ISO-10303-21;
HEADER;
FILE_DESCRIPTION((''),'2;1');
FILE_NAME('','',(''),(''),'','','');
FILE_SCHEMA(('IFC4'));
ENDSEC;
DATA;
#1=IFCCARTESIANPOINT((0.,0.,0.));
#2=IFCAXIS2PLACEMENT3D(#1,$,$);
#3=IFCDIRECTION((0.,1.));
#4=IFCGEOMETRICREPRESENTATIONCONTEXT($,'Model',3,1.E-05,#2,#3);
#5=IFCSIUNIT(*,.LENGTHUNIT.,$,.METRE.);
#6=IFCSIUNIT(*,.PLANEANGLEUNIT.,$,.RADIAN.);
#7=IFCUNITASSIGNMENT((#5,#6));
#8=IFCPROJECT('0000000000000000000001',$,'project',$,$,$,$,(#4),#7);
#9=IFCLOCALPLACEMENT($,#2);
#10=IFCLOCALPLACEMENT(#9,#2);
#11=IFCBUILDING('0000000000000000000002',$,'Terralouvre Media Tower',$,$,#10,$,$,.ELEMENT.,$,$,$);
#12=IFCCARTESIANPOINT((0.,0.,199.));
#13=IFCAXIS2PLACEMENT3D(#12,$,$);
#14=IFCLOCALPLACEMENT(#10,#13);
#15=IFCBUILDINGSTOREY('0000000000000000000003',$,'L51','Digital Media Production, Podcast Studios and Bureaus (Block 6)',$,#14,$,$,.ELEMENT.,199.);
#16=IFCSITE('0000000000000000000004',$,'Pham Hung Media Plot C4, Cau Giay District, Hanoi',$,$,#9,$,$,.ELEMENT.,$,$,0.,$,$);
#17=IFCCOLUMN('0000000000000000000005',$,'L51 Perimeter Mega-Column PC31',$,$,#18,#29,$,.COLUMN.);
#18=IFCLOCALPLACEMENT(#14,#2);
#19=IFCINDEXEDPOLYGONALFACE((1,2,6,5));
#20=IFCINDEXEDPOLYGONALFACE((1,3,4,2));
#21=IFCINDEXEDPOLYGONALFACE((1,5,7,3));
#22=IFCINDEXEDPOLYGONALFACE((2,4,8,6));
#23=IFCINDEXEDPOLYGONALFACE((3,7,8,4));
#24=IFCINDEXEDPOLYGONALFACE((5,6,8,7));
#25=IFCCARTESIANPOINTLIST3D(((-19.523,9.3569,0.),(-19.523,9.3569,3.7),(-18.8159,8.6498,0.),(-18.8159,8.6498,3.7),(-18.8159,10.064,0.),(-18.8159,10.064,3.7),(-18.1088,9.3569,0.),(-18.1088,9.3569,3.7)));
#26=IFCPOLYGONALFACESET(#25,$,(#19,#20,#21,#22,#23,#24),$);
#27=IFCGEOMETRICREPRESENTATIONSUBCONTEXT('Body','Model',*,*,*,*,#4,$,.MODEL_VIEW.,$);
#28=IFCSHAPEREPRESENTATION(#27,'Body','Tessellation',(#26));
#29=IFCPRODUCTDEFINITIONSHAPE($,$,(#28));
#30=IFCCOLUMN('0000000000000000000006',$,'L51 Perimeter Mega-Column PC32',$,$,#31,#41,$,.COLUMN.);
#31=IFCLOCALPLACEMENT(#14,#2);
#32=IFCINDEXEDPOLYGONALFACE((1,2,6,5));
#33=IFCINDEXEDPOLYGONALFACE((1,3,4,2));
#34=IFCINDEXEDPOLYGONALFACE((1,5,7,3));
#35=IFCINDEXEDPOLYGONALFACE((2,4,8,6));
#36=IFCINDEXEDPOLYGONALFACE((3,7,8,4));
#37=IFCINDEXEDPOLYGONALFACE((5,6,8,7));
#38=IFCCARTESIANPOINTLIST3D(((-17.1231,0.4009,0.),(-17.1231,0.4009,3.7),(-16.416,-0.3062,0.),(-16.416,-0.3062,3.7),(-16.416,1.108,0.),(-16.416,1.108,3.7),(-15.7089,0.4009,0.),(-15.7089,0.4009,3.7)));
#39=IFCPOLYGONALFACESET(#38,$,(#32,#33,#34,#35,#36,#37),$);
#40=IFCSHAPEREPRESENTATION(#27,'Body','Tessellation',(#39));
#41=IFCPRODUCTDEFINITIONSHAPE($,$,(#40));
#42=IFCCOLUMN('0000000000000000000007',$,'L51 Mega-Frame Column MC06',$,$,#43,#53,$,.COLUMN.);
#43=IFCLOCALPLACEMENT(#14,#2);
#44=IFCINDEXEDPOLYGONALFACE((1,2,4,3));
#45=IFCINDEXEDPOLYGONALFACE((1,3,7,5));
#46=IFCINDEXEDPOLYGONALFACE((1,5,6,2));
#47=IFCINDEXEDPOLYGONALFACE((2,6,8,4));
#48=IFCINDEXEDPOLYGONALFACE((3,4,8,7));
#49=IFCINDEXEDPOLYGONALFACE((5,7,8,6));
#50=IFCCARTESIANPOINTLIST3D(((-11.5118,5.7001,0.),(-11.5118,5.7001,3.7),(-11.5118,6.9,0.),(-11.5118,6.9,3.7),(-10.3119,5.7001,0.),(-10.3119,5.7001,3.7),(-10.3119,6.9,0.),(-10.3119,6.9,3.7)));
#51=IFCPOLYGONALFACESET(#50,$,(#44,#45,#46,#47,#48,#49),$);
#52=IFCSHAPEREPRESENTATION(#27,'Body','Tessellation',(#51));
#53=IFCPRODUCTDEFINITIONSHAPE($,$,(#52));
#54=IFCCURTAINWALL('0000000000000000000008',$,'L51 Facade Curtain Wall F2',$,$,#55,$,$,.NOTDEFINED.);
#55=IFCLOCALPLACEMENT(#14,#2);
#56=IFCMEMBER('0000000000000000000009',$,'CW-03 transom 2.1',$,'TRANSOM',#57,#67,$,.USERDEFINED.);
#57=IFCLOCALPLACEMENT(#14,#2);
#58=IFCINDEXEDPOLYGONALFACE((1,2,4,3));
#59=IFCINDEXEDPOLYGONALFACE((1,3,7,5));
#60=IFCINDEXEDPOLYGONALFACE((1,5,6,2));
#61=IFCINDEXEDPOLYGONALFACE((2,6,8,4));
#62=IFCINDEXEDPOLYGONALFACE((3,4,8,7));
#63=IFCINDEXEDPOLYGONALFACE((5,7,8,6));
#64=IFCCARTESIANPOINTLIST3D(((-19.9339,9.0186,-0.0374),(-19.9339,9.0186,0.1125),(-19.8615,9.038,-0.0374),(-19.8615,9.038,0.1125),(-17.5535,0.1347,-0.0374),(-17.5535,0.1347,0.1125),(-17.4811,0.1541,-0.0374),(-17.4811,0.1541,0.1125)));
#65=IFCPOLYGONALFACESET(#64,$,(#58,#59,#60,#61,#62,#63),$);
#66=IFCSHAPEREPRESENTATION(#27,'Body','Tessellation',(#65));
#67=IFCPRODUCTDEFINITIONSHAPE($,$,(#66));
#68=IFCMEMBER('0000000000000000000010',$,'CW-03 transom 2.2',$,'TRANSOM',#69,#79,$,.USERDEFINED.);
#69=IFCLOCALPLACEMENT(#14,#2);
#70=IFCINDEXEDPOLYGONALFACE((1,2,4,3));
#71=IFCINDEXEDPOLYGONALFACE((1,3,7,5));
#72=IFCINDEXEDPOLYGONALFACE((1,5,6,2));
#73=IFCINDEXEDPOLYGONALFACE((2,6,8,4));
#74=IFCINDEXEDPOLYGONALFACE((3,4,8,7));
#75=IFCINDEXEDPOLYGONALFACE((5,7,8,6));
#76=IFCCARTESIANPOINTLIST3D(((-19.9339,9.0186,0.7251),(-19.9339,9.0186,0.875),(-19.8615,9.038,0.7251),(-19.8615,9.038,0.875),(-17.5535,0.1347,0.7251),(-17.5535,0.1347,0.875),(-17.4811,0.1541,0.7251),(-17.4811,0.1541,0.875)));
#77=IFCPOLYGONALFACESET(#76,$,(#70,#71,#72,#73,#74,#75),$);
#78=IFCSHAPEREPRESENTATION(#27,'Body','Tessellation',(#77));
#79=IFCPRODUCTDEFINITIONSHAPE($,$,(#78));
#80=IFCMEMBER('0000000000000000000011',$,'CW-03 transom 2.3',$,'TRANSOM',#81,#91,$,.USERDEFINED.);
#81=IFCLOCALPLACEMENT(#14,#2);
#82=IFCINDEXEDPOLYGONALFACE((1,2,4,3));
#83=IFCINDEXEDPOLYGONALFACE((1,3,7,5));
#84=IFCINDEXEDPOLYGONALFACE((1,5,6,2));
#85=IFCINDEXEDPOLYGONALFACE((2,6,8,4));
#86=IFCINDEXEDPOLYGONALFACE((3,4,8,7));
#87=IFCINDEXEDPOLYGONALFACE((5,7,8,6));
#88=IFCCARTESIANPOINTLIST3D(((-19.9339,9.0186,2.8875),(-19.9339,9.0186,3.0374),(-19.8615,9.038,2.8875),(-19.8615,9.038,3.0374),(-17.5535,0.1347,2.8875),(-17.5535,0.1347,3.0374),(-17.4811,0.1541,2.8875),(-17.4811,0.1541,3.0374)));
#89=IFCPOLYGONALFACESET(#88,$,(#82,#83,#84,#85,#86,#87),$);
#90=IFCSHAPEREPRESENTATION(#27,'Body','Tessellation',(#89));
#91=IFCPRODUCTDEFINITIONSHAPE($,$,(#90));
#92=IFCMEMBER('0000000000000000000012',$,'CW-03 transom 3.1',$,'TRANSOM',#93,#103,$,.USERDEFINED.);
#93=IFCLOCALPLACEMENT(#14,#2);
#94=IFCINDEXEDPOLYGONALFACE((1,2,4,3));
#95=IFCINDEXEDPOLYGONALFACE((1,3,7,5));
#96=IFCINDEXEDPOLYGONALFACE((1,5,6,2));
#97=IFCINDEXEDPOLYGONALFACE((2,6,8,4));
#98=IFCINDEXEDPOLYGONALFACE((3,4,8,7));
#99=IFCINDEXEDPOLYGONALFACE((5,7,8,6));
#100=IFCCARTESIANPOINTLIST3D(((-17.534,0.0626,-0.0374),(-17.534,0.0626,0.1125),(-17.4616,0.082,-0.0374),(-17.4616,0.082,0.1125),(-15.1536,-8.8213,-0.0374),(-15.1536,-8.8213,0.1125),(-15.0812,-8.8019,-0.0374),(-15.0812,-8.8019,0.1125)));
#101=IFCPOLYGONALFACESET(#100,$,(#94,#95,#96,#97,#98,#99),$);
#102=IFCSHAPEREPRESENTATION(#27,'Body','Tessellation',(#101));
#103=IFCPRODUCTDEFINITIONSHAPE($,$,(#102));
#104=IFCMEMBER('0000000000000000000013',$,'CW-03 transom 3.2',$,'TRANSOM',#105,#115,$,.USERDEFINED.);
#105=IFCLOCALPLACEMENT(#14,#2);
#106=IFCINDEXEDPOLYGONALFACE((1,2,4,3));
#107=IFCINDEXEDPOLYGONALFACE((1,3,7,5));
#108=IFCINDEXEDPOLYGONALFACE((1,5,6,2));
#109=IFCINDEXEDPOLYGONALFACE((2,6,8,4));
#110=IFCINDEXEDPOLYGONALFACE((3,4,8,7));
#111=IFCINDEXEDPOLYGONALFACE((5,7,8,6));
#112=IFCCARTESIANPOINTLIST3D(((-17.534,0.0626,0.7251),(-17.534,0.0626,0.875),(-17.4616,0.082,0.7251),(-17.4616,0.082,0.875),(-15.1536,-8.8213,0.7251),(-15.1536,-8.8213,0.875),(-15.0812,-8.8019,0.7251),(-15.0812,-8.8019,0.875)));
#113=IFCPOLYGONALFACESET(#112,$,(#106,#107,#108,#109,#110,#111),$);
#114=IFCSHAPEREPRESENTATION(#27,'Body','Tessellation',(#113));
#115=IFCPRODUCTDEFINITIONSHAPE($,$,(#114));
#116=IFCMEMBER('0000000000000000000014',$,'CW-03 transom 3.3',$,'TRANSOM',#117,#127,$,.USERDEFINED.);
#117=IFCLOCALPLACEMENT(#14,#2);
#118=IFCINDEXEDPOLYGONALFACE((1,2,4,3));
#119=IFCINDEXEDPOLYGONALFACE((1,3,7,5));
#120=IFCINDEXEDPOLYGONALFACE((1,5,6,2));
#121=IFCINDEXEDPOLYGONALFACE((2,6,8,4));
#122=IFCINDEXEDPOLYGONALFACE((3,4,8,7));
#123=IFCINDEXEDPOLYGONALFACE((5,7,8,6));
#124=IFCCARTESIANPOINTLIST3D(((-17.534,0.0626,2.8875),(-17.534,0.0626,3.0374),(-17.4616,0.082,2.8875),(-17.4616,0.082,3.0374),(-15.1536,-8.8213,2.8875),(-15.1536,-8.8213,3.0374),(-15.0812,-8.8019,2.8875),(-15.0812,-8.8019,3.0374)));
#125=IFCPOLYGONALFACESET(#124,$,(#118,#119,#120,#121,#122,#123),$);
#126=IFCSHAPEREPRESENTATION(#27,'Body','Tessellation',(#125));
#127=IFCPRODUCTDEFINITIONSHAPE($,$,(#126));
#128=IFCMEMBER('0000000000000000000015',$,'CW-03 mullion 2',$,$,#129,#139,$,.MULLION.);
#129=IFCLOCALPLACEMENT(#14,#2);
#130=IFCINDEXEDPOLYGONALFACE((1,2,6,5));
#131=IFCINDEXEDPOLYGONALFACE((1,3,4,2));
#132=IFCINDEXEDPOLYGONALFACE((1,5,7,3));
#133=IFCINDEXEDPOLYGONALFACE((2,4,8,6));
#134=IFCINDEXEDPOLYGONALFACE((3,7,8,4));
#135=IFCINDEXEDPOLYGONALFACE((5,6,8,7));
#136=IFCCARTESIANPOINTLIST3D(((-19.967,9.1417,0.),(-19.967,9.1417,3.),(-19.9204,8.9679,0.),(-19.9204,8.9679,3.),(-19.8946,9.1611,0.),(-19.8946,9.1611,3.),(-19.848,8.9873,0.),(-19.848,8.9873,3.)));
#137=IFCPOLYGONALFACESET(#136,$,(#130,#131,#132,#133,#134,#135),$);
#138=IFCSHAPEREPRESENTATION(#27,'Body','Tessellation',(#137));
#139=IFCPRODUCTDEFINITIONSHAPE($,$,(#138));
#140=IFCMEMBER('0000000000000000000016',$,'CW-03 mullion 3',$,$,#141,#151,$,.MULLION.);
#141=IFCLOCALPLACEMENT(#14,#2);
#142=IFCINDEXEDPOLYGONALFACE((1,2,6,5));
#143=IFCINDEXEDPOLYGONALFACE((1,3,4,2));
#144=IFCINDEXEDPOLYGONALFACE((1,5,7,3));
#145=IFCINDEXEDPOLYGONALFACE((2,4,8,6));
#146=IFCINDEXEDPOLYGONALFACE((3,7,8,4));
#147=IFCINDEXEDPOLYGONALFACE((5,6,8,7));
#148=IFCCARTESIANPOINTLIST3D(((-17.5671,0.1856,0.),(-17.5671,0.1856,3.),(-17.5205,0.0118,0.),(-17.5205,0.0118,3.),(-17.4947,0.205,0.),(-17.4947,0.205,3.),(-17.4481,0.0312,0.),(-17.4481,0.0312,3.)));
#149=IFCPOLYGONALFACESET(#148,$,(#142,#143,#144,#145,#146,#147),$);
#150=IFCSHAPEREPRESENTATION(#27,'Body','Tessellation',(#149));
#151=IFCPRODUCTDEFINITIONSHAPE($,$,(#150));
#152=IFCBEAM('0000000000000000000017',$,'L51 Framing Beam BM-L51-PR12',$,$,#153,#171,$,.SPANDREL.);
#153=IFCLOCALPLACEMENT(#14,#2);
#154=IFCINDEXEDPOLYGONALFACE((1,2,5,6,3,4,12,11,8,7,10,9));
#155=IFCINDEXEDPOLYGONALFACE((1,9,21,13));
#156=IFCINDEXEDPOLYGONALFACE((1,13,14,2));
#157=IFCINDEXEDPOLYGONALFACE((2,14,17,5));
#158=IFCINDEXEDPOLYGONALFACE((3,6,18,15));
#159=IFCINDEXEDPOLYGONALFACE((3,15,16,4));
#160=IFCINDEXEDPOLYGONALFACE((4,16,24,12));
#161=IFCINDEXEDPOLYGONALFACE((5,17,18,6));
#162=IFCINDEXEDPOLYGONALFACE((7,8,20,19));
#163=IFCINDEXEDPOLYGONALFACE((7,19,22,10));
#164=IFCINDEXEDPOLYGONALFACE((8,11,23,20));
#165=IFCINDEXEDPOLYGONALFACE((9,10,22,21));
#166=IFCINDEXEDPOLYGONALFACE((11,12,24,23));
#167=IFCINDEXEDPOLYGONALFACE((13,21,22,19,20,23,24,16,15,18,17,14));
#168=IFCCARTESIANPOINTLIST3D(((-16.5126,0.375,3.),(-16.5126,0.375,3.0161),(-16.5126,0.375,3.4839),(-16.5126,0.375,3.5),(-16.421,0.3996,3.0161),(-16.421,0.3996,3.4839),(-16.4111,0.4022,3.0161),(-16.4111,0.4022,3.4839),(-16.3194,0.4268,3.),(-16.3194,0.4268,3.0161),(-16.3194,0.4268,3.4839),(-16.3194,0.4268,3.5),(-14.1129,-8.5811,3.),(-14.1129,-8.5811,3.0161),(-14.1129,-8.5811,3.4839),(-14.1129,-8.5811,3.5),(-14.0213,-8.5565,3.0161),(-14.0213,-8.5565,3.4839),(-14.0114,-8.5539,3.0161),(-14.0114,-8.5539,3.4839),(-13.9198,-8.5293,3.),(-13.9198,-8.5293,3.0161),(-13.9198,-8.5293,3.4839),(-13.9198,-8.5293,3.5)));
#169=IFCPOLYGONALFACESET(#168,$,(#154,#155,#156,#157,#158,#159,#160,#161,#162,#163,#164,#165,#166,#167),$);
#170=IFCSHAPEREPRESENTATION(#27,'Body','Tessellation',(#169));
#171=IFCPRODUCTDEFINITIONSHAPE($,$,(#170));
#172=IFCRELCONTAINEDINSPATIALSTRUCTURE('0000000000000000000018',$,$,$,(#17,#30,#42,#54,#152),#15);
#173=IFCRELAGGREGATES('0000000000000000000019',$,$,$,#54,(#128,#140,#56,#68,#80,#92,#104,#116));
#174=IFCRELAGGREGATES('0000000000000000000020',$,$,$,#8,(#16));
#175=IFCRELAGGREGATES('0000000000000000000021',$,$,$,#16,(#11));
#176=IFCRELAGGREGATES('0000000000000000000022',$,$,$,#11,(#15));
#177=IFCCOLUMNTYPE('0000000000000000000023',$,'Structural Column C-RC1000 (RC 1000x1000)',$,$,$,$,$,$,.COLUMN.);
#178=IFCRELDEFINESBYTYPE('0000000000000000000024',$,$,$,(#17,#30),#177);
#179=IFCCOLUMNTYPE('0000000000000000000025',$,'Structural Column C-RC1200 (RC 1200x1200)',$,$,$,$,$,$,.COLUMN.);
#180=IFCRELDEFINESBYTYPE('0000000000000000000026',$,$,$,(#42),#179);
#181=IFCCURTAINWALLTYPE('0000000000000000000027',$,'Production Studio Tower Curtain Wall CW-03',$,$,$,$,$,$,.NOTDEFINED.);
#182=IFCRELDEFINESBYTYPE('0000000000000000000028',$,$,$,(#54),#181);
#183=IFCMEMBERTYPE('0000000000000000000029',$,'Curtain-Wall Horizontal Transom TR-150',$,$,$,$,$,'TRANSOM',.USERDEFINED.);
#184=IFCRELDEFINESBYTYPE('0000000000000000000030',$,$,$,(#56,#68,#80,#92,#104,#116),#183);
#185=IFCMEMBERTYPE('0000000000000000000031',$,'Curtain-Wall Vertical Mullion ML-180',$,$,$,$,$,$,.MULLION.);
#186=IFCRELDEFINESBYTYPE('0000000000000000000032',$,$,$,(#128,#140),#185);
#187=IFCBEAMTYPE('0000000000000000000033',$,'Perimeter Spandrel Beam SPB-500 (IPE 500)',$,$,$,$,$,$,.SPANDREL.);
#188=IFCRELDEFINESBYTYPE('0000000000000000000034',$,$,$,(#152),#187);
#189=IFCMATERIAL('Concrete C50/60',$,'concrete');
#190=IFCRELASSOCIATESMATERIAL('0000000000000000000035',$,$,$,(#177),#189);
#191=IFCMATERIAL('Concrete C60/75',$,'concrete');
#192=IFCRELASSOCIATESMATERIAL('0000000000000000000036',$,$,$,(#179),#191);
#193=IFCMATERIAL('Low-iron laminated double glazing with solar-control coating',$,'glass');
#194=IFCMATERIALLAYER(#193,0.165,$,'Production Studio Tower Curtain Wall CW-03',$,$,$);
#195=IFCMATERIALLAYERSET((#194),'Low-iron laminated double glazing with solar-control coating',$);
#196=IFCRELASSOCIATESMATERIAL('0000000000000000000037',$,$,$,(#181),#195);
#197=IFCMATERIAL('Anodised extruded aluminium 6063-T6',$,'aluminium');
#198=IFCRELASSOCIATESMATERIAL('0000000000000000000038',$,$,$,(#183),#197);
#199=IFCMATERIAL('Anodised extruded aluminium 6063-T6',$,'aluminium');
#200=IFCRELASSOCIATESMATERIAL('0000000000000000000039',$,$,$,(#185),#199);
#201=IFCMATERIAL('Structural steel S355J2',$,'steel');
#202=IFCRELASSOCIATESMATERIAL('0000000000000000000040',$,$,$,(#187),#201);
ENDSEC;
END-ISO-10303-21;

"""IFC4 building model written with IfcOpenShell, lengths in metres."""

from ifc_helpers import new_model, si_unit, direction, frame, origin, origin_2d, place, context, subcontext, project, spatial, rectangle, i_section, extrude, material, layer, layer_set, material_profile, profile_set, type_object, element, aggregate, save


model = new_model("IFC4")

# Units and contexts
model_context = context("Model", 3, precision=1e-05, world=origin(), true_north=direction((0.0, 1.0)))
body_context = subcontext(model_context, "Body", "Model", "MODEL_VIEW")
ifc_project = project(units=[si_unit("LENGTHUNIT", "METRE"), si_unit("PLANEANGLEUNIT", "RADIAN")], contexts=[model_context])

# Site, building, storey
site_placement = place(None, origin())
site = spatial("IfcSite", under=ifc_project, at=site_placement, Name="Pham Hung Media Plot C4, Cau Giay District, Hanoi", CompositionType="ELEMENT", RefElevation=0.0)
building_placement = place(site_placement, origin())
building = spatial("IfcBuilding", under=site, at=building_placement, Name="Terralouvre Media Tower", CompositionType="ELEMENT")
storey_placement = place(building_placement, frame((0.0, 0.0, 199.0)))
storey = spatial("IfcBuildingStorey", under=building, at=storey_placement, Name="L51", Description="Digital Media Production, Podcast Studios and Bureaus (Block 6)", CompositionType="ELEMENT", Elevation=199.0)

# Columns
ifc_material_1 = material(Name="Concrete C50/60", Category="concrete")
ifc_material_profile_1 = material_profile(ifc_material_1, rectangle(XDim=1.0, YDim=1.0, at=origin_2d()), Name="RC 1000x1000")
ifc_profile_set_1 = profile_set([ifc_material_profile_1], Name="Concrete C50/60")
column_type_1 = type_object("IfcColumnType", Name="Structural Column C-RC1000 (RC 1000x1000)", PredefinedType="COLUMN", material=ifc_profile_set_1)
for number, where, z_axis, x_axis, name in (
    (1, (-18.8159, 9.3569, 0.0), (0.0, 0.0, 1.0), (0.707107, 0.707107, 0.0), "L51 Perimeter Mega-Column PC31"),
    (2, (-16.416, 0.4009, 0.0), (0.0, 0.0, 1.0), (0.707107, 0.707107, 0.0), "L51 Perimeter Mega-Column PC32"),
):
    element("IfcColumn", number, at=place(storey_placement, frame(where, z_axis=z_axis, x_axis=x_axis)), inside=storey, type_object=column_type_1, Name=name, PredefinedType="COLUMN", context=body_context, shape_type="SweptSolid", body=[
        extrude(rectangle(XDim=1.0, YDim=1.0, at=origin_2d()), origin(), (0.0, 0.0, 1.0), 3.7),
    ])
ifc_material_2 = material(Name="Concrete C60/75", Category="concrete")
ifc_material_profile_2 = material_profile(ifc_material_2, rectangle(XDim=1.2, YDim=1.2, at=origin_2d()), Name="RC 1200x1200")
ifc_profile_set_2 = profile_set([ifc_material_profile_2], Name="Concrete C60/75")
column_type_2 = type_object("IfcColumnType", Name="Structural Column C-RC1200 (RC 1200x1200)", PredefinedType="COLUMN", material=ifc_profile_set_2)
column_placement = place(storey_placement, frame((-10.9119, 6.3, 0.0), z_axis=(0.0, 0.0, 1.0), x_axis=(1.0, 0.0, 0.0)))
element("IfcColumn", 3, at=column_placement, inside=storey, type_object=column_type_2, Name="L51 Mega-Frame Column MC06", PredefinedType="COLUMN", context=body_context, shape_type="SweptSolid", body=[
    extrude(rectangle(XDim=1.2, YDim=1.2, at=origin_2d()), origin(), (0.0, 0.0, 1.0), 3.7),
])

# Curtain wall, members
ifc_material_3 = material(Name="Low-iron laminated double glazing with solar-control coating", Category="glass")
ifc_layer_1 = layer(ifc_material_3, 0.165, Name="Production Studio Tower Curtain Wall CW-03")
ifc_layer_set_1 = layer_set([ifc_layer_1], Name="Low-iron laminated double glazing with solar-control coating")
curtain_wall_type = type_object("IfcCurtainWallType", Name="Production Studio Tower Curtain Wall CW-03", PredefinedType="NOTDEFINED", material=ifc_layer_set_1)
curtain_wall_placement = place(storey_placement, origin())
curtain_wall = element("IfcCurtainWall", 4, at=curtain_wall_placement, inside=storey, type_object=curtain_wall_type, Name="L51 Facade Curtain Wall F2", PredefinedType="NOTDEFINED")
ifc_material_4 = material(Name="Anodised extruded aluminium 6063-T6", Category="aluminium")
ifc_material_profile_3 = material_profile(ifc_material_4, rectangle(XDim=0.075, YDim=0.1499, at=origin_2d()), Name="ALU 75x150")
ifc_profile_set_3 = profile_set([ifc_material_profile_3], Name="Anodised extruded aluminium 6063-T6")
member_type_1 = type_object("IfcMemberType", Name="Curtain-Wall Horizontal Transom TR-150", ElementType="TRANSOM", PredefinedType="USERDEFINED", material=ifc_profile_set_3)
member_1_placement = place(storey_placement, frame((-19.8977, 9.0283, 0.0376), z_axis=(0.258816, -0.965927, 0.0), x_axis=(0.965927, 0.258816, 0.0)))
member_1 = element("IfcMember", 5, at=member_1_placement, type_object=member_type_1, Name="CW-03 transom 2.1", ObjectType="TRANSOM", PredefinedType="USERDEFINED", context=body_context, shape_type="SweptSolid", body=[
    extrude(rectangle(XDim=0.075, YDim=0.1499, at=origin_2d()), origin(), (0.0, 0.0, 1.0), 9.1973),
])
member_2_placement = place(storey_placement, frame((-19.8977, 9.0283, 0.8), z_axis=(0.258816, -0.965927, 0.0), x_axis=(0.965927, 0.258816, 0.0)))
member_2 = element("IfcMember", 6, at=member_2_placement, type_object=member_type_1, Name="CW-03 transom 2.2", ObjectType="TRANSOM", PredefinedType="USERDEFINED", context=body_context, shape_type="SweptSolid", body=[
    extrude(rectangle(XDim=0.075, YDim=0.1499, at=origin_2d()), origin(), (0.0, 0.0, 1.0), 9.1973),
])
member_3_placement = place(storey_placement, frame((-19.8977, 9.0283, 2.9624), z_axis=(0.258816, -0.965927, 0.0), x_axis=(0.965927, 0.258816, 0.0)))
member_3 = element("IfcMember", 7, at=member_3_placement, type_object=member_type_1, Name="CW-03 transom 2.3", ObjectType="TRANSOM", PredefinedType="USERDEFINED", context=body_context, shape_type="SweptSolid", body=[
    extrude(rectangle(XDim=0.075, YDim=0.1499, at=origin_2d()), origin(), (0.0, 0.0, 1.0), 9.1973),
])
member_4_placement = place(storey_placement, frame((-17.4978, 0.0723, 0.0376), z_axis=(0.258816, -0.965927, 0.0), x_axis=(0.965927, 0.258816, 0.0)))
member_4 = element("IfcMember", 8, at=member_4_placement, type_object=member_type_1, Name="CW-03 transom 3.1", ObjectType="TRANSOM", PredefinedType="USERDEFINED", context=body_context, shape_type="SweptSolid", body=[
    extrude(rectangle(XDim=0.075, YDim=0.1499, at=origin_2d()), origin(), (0.0, 0.0, 1.0), 9.1973),
])
member_5_placement = place(storey_placement, frame((-17.4978, 0.0723, 0.8), z_axis=(0.258816, -0.965927, 0.0), x_axis=(0.965927, 0.258816, 0.0)))
member_5 = element("IfcMember", 9, at=member_5_placement, type_object=member_type_1, Name="CW-03 transom 3.2", ObjectType="TRANSOM", PredefinedType="USERDEFINED", context=body_context, shape_type="SweptSolid", body=[
    extrude(rectangle(XDim=0.075, YDim=0.1499, at=origin_2d()), origin(), (0.0, 0.0, 1.0), 9.1973),
])
member_6_placement = place(storey_placement, frame((-17.4978, 0.0723, 2.9624), z_axis=(0.258816, -0.965927, 0.0), x_axis=(0.965927, 0.258816, 0.0)))
member_6 = element("IfcMember", 10, at=member_6_placement, type_object=member_type_1, Name="CW-03 transom 3.3", ObjectType="TRANSOM", PredefinedType="USERDEFINED", context=body_context, shape_type="SweptSolid", body=[
    extrude(rectangle(XDim=0.075, YDim=0.1499, at=origin_2d()), origin(), (0.0, 0.0, 1.0), 9.1973),
])
ifc_material_5 = material(Name="Anodised extruded aluminium 6063-T6", Category="aluminium")
ifc_material_profile_4 = material_profile(ifc_material_5, rectangle(XDim=0.075, YDim=0.1799, at=origin_2d()), Name="ALU 75x180")
ifc_profile_set_4 = profile_set([ifc_material_profile_4], Name="Anodised extruded aluminium 6063-T6")
member_type_2 = type_object("IfcMemberType", Name="Curtain-Wall Vertical Mullion ML-180", PredefinedType="MULLION", material=ifc_profile_set_4)
member_7_placement = place(storey_placement, frame((-19.9075, 9.0645, 0.0), z_axis=(0.0, 0.0, 1.0), x_axis=(0.965926, 0.258819, 0.0)))
member_7 = element("IfcMember", 11, at=member_7_placement, type_object=member_type_2, Name="CW-03 mullion 2", PredefinedType="MULLION", context=body_context, shape_type="SweptSolid", body=[
    extrude(rectangle(XDim=0.075, YDim=0.1799, at=origin_2d()), origin(), (0.0, 0.0, 1.0), 3.0),
])
member_8_placement = place(storey_placement, frame((-17.5076, 0.1084, 0.0), z_axis=(0.0, 0.0, 1.0), x_axis=(0.965926, 0.258819, 0.0)))
member_8 = element("IfcMember", 12, at=member_8_placement, type_object=member_type_2, Name="CW-03 mullion 3", PredefinedType="MULLION", context=body_context, shape_type="SweptSolid", body=[
    extrude(rectangle(XDim=0.075, YDim=0.1799, at=origin_2d()), origin(), (0.0, 0.0, 1.0), 3.0),
])

# Beam
ifc_material_6 = material(Name="Structural steel S355J2", Category="steel")
ifc_material_profile_5 = material_profile(ifc_material_6, i_section(OverallWidth=0.2, OverallDepth=0.5, WebThickness=0.0103, FlangeThickness=0.0161, at=origin_2d()), Name="IPE 500")
ifc_profile_set_5 = profile_set([ifc_material_profile_5], Name="Structural steel S355J2")
beam_type_1 = type_object("IfcBeamType", Name="Perimeter Spandrel Beam SPB-500 (IPE 500)", PredefinedType="SPANDREL", material=ifc_profile_set_5)
beam_1_placement = place(storey_placement, frame((-16.416, 0.4009, 3.25), z_axis=(0.258808, -0.965929, 0.0), x_axis=(0.965929, 0.258808, 0.0)))
element("IfcBeam", 13, at=beam_1_placement, inside=storey, type_object=beam_type_1, Name="L51 Framing Beam BM-L51-PR12", PredefinedType="SPANDREL", context=body_context, shape_type="SweptSolid", body=[
    extrude(i_section(OverallWidth=0.2, OverallDepth=0.5, WebThickness=0.0103, FlangeThickness=0.0161, at=origin_2d()), origin(), (0.0, 0.0, 1.0), 9.272),
])

aggregate(curtain_wall, [member_7, member_8, member_1, member_2, member_3, member_4, member_5, member_6])

save(model, "model.ifc")
